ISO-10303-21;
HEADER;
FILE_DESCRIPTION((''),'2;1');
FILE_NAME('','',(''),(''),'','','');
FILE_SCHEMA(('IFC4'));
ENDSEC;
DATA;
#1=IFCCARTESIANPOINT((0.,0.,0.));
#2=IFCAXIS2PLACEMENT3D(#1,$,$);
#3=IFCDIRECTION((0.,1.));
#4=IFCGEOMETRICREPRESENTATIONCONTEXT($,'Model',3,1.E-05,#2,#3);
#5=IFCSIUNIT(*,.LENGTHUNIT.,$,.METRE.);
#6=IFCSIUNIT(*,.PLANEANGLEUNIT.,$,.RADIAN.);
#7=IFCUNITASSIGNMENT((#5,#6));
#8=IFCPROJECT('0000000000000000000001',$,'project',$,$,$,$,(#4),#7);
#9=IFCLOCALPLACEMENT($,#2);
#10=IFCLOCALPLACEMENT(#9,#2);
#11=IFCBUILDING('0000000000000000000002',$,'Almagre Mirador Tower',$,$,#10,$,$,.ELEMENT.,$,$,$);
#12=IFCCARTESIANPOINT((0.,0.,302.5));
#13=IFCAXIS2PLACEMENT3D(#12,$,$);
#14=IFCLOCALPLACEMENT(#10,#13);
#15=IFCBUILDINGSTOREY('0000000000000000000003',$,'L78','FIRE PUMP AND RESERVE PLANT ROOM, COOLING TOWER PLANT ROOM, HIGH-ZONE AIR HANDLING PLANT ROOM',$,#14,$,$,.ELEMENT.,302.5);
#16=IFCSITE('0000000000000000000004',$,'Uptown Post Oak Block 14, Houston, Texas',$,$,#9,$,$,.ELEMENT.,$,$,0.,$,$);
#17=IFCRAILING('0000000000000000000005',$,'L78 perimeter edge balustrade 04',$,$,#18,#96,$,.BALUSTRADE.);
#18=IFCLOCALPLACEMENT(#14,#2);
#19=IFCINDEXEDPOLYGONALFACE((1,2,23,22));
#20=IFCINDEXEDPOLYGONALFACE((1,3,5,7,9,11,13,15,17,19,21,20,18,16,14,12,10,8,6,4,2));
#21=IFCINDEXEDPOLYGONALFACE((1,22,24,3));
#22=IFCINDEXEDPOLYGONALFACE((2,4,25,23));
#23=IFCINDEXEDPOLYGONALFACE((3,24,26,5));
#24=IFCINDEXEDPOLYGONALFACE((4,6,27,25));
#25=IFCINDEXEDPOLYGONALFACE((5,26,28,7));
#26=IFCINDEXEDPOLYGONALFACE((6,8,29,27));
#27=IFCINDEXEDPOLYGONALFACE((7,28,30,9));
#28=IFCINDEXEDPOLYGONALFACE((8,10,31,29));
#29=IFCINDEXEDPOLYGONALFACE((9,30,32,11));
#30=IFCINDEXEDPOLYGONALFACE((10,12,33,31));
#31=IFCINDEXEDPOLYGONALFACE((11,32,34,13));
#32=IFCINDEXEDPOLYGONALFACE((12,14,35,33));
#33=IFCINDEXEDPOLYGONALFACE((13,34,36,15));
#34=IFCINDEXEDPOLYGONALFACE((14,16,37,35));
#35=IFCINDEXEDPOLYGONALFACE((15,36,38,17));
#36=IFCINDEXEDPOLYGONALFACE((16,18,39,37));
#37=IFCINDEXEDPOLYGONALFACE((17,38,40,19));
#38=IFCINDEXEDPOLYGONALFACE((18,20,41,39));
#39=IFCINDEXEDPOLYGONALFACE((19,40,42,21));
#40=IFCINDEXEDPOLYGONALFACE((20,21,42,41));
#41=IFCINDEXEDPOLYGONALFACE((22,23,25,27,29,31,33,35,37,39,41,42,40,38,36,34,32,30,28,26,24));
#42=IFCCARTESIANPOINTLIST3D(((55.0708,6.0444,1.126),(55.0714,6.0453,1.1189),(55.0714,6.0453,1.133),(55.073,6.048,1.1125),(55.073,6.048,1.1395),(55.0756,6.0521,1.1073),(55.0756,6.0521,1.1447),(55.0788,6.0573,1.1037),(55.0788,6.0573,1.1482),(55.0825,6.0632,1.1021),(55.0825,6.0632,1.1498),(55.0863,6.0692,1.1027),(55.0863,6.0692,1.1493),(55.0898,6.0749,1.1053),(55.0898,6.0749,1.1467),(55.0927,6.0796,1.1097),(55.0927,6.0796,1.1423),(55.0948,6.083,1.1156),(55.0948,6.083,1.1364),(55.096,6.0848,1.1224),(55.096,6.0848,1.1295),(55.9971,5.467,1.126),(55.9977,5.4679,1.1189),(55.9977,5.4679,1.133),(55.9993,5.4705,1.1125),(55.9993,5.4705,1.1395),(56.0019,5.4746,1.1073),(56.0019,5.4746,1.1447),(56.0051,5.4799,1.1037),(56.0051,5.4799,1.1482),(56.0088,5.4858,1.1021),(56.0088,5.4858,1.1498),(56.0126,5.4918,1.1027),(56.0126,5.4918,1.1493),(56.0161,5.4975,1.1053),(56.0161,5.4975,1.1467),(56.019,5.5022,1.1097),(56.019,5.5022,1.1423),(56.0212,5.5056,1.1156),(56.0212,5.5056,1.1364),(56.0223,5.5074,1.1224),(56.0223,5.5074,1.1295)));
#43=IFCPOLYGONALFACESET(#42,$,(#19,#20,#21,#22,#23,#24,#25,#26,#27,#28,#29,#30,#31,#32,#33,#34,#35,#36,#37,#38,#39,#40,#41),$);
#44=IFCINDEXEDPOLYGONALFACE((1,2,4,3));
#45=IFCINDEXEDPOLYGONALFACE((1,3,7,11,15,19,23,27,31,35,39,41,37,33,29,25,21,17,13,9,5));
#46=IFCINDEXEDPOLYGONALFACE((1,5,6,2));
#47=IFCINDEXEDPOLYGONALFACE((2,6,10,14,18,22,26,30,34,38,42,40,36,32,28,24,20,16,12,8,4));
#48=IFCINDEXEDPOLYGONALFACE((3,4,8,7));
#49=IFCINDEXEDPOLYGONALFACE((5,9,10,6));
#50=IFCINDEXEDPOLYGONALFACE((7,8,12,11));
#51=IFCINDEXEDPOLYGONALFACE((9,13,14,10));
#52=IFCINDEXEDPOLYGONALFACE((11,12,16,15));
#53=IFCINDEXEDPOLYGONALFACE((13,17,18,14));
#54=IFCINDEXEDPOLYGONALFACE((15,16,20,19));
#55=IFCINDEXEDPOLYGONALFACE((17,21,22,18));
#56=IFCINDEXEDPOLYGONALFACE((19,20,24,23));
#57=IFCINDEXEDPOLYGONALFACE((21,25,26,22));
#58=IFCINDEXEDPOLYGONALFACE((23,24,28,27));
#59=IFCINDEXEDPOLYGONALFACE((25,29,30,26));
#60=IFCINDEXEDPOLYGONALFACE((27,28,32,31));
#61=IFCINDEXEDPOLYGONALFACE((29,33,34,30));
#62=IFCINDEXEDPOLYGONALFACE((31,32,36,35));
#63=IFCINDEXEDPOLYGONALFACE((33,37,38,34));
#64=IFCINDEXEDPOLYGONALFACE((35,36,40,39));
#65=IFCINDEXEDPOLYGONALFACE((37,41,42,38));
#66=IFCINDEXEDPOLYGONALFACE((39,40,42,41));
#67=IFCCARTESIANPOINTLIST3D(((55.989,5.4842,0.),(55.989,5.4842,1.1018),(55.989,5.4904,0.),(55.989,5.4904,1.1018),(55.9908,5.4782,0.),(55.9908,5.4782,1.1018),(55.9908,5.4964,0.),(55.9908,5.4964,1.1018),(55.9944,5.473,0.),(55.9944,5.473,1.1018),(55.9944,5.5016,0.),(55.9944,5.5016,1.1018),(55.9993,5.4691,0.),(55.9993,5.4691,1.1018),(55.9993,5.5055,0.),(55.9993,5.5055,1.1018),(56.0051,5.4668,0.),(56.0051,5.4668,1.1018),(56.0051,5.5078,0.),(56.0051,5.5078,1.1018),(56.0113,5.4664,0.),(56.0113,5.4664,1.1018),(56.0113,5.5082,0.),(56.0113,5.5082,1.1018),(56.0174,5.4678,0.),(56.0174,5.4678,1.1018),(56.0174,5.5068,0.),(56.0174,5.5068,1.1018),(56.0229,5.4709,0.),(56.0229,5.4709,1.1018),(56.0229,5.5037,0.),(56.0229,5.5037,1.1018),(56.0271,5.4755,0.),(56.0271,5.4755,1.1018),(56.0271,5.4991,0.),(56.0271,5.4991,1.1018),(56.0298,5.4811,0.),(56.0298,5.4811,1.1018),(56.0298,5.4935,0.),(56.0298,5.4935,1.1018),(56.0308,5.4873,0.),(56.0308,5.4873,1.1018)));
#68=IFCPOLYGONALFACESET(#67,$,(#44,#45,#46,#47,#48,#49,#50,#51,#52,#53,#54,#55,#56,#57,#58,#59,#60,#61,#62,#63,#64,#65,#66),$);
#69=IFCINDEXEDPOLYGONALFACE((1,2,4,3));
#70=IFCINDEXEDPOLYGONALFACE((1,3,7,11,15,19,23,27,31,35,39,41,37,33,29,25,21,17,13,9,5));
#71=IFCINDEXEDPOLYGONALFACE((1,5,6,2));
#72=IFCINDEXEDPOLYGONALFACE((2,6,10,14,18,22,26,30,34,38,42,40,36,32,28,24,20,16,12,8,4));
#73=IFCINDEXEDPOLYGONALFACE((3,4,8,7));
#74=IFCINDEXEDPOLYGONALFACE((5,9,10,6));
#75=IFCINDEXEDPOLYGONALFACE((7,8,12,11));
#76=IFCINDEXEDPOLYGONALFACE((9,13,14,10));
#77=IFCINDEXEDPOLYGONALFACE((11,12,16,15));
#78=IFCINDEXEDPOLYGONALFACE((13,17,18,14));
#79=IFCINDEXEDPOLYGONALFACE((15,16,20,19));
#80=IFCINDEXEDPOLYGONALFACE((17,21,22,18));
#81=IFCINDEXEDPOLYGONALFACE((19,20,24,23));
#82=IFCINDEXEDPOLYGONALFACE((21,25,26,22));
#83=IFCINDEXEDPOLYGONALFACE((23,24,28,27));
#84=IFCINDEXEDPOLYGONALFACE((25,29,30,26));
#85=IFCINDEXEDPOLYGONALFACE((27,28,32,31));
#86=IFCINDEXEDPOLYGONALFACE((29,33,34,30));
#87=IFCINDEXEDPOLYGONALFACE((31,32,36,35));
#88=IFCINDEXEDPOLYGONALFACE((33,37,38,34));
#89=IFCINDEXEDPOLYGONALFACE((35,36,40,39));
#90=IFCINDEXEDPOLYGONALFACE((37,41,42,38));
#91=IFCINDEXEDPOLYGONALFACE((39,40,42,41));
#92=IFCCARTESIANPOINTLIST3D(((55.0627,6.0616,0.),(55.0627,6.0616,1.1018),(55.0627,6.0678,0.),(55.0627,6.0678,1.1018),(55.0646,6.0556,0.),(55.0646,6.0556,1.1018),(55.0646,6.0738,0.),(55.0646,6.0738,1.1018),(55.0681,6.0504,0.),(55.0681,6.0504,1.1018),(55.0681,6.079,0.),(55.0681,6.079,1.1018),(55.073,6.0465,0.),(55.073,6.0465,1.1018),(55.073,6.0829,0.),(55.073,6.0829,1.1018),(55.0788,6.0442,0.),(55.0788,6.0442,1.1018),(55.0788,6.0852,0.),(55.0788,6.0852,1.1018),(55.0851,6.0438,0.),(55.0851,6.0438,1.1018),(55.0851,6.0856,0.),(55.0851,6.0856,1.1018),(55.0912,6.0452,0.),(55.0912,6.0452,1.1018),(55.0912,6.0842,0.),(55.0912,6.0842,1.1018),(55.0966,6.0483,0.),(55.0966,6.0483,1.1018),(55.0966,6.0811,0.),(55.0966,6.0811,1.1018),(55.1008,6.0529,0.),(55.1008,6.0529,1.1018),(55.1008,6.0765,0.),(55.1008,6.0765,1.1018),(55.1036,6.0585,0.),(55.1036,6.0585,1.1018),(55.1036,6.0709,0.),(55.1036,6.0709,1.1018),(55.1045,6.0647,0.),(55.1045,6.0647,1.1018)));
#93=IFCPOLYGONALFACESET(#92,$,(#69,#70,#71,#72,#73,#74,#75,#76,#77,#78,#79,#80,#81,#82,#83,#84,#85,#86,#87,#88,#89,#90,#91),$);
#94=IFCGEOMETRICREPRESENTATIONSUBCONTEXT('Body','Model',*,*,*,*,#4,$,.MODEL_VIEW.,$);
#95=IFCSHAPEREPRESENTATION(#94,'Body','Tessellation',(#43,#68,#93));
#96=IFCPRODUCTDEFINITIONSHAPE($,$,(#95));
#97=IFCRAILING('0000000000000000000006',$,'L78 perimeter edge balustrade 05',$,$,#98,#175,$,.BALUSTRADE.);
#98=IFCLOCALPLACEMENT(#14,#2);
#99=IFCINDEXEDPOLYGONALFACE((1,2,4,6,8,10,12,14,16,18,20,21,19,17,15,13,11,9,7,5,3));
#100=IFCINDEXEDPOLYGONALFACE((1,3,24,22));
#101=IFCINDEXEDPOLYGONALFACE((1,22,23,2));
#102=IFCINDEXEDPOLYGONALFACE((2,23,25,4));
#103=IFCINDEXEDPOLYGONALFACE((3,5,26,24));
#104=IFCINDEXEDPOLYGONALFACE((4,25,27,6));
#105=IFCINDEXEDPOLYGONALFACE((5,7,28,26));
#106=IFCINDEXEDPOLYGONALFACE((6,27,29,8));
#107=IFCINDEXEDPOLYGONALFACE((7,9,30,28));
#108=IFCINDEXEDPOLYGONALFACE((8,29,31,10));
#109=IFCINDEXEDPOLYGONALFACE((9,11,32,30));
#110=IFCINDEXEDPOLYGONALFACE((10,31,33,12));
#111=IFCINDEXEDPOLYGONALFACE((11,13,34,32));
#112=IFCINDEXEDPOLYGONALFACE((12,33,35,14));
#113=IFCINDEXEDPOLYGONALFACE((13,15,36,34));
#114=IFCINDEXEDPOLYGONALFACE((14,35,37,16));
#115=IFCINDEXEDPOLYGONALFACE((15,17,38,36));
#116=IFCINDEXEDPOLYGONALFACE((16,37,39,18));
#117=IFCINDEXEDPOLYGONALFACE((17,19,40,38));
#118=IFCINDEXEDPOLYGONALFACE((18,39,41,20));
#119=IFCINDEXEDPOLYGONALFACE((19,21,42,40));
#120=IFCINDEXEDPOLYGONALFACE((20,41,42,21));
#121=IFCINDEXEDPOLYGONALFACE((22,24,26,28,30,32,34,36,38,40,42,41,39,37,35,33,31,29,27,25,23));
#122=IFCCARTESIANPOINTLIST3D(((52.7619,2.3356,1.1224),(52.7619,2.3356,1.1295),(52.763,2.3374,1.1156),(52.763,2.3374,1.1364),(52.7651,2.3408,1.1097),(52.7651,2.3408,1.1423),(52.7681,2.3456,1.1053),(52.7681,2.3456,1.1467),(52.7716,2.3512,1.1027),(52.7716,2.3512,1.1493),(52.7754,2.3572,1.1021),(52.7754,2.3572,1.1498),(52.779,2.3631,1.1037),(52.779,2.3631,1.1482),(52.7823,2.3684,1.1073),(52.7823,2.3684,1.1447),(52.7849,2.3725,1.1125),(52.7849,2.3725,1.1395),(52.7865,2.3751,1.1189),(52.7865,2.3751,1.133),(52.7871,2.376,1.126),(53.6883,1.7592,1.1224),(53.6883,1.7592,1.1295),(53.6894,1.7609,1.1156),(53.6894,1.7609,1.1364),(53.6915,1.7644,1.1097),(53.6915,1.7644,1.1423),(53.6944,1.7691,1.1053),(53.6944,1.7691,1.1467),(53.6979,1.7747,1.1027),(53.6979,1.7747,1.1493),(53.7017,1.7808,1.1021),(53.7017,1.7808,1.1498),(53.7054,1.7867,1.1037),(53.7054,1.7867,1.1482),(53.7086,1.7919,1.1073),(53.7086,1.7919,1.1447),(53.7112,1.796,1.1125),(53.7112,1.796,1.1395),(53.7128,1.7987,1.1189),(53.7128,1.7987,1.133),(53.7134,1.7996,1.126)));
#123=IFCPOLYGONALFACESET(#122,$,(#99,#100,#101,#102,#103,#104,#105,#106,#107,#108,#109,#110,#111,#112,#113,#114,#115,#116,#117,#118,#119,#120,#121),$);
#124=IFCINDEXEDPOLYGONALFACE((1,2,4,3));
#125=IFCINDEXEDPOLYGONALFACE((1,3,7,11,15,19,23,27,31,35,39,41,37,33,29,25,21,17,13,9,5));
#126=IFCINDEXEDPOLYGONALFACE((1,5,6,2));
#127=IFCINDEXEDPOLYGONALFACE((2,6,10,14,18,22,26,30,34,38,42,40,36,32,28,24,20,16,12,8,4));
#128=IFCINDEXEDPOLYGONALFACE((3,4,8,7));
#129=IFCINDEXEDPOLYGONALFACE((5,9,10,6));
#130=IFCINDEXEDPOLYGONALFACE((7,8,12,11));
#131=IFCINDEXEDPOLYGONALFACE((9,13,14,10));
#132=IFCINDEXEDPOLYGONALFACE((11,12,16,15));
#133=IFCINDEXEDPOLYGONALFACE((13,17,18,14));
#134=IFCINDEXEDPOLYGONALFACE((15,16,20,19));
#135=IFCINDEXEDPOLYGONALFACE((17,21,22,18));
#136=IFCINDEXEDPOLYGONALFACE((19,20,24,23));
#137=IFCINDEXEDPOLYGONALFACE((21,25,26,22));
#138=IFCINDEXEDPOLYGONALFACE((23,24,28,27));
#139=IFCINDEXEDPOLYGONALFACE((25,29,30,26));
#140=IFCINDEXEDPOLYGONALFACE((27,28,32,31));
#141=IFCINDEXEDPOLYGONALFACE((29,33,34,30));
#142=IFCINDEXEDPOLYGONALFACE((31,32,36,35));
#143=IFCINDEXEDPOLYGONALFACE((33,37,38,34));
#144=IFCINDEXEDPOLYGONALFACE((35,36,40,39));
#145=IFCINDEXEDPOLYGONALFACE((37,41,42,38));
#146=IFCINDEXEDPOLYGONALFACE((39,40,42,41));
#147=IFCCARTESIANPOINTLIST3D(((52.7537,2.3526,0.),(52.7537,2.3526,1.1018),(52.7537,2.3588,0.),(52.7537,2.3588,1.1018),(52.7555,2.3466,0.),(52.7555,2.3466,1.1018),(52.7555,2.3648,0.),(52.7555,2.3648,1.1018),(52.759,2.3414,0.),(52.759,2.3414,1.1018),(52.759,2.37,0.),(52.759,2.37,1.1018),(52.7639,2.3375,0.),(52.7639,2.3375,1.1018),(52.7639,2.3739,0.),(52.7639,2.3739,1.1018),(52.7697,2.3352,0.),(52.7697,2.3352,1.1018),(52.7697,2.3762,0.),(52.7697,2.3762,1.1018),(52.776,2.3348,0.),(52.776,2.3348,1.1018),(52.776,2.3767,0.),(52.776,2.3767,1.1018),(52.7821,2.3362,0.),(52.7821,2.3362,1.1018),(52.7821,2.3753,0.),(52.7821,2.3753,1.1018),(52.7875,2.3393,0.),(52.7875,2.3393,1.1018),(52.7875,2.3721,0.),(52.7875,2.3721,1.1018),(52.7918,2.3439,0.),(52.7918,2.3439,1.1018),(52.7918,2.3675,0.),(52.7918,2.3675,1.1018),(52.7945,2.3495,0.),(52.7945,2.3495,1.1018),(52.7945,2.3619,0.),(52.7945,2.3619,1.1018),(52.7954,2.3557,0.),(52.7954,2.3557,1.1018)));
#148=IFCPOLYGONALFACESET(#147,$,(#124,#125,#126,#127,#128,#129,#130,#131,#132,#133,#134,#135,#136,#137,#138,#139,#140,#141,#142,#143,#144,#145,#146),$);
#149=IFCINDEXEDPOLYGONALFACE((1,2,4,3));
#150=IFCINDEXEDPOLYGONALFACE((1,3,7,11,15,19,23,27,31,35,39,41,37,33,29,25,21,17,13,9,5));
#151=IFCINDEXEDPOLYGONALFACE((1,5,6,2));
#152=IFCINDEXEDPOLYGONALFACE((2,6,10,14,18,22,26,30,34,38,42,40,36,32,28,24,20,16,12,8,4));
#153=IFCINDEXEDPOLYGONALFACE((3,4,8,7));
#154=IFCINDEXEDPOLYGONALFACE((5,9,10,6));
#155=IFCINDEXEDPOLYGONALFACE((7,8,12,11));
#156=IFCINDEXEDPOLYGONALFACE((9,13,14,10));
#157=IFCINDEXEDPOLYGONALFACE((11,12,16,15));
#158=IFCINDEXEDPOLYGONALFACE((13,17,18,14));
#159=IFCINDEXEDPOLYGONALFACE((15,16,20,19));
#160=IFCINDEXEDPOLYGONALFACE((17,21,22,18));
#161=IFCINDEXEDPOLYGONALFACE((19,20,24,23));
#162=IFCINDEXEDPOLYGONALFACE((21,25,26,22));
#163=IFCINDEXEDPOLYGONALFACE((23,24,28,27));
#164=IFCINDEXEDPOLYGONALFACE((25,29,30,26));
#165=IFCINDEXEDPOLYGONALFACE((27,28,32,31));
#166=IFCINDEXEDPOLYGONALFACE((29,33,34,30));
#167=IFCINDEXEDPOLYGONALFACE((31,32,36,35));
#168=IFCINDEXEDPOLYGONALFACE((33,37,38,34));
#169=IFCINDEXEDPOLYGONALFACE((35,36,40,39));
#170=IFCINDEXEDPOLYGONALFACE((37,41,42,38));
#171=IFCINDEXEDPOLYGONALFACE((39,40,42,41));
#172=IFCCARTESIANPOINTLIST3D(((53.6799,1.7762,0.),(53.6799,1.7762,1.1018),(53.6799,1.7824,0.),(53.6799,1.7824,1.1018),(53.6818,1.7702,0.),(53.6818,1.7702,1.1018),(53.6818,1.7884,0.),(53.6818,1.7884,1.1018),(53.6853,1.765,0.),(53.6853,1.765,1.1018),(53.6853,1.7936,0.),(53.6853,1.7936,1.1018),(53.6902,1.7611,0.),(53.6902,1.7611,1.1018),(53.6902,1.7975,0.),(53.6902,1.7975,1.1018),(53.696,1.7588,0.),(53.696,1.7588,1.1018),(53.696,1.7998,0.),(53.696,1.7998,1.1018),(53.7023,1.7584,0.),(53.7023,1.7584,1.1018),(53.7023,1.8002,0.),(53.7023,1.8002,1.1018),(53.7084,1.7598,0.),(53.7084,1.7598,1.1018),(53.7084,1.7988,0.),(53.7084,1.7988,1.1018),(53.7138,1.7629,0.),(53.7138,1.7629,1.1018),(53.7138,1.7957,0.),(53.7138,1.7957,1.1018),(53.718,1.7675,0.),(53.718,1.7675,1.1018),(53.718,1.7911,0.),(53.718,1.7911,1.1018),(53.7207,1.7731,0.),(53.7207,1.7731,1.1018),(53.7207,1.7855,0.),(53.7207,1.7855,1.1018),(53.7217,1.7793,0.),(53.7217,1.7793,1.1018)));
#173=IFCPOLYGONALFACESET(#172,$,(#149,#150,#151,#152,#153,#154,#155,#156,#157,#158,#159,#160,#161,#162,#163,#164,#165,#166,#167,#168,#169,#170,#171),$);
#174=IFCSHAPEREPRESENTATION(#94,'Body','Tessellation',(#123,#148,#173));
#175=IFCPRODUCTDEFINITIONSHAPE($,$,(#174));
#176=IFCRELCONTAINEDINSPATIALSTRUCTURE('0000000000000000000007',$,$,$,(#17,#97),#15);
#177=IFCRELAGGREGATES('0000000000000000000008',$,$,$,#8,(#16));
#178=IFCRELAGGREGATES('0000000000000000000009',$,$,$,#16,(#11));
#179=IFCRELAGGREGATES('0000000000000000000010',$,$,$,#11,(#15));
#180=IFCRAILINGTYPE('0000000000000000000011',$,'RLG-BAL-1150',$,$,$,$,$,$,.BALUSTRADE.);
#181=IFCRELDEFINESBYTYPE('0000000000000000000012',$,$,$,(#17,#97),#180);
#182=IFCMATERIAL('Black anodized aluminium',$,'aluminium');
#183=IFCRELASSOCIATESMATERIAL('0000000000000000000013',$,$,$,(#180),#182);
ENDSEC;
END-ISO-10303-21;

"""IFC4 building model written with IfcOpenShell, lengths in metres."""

from ifc_helpers import new_model, si_unit, direction, frame, origin, origin_2d, place, context, subcontext, project, spatial, circle, extrude, material, type_object, element, save


model = new_model("IFC4")

# Units and contexts
model_context = context("Model", 3, precision=1e-05, world=origin(), true_north=direction((0.0, 1.0)))
body_context = subcontext(model_context, "Body", "Model", "MODEL_VIEW")
ifc_project = project(units=[si_unit("LENGTHUNIT", "METRE"), si_unit("PLANEANGLEUNIT", "RADIAN")], contexts=[model_context])

# Site, building, storey
site_placement = place(None, origin())
site = spatial("IfcSite", under=ifc_project, at=site_placement, Name="Uptown Post Oak Block 14, Houston, Texas", CompositionType="ELEMENT", RefElevation=0.0)
building_placement = place(site_placement, origin())
building = spatial("IfcBuilding", under=site, at=building_placement, Name="Almagre Mirador Tower", CompositionType="ELEMENT")
storey_placement = place(building_placement, frame((0.0, 0.0, 302.5)))
storey = spatial("IfcBuildingStorey", under=building, at=storey_placement, Name="L78", Description="FIRE PUMP AND RESERVE PLANT ROOM, COOLING TOWER PLANT ROOM, HIGH-ZONE AIR HANDLING PLANT ROOM", CompositionType="ELEMENT", Elevation=302.5)

# Railings
ifc_material_1 = material(Name="Black anodized aluminium", Category="aluminium")
railing_type = type_object("IfcRailingType", Name="RLG-BAL-1150", PredefinedType="BALUSTRADE", material=ifc_material_1)
railing_1_placement = place(storey_placement, frame((56.0098, 5.4873, 0.0)))
element("IfcRailing", 1, at=railing_1_placement, inside=storey, type_object=railing_type, Name="L78 perimeter edge balustrade 04", PredefinedType="BALUSTRADE", context=body_context, shape_type="SweptSolid", body=[
    extrude(circle(Radius=0.0239, at=origin_2d()), frame((0.0, 0.0, 1.126), z_axis=(-0.848626, 0.528993, 0.0), x_axis=(-0.528993, -0.848626, 0.0)), (0.0, 0.0, 1.0), 1.0916),
    extrude(circle(Radius=0.021, at=origin_2d()), origin(), (0.0, 0.0, 1.0), 1.1018),
    extrude(circle(Radius=0.021, at=origin_2d()), frame((-0.9263, 0.5774, 0.0)), (0.0, 0.0, 1.0), 1.1018),
])
railing_2_placement = place(storey_placement, frame((52.7744, 2.3557, 0.0)))
element("IfcRailing", 2, at=railing_2_placement, inside=storey, type_object=railing_type, Name="L78 perimeter edge balustrade 05", PredefinedType="BALUSTRADE", context=body_context, shape_type="SweptSolid", body=[
    extrude(circle(Radius=0.0239, at=origin_2d()), frame((0.0, 0.0, 1.126), z_axis=(0.849028, -0.528348, 0.0), x_axis=(0.528348, 0.849028, 0.0)), (0.0, 0.0, 1.0), 1.0911),
    extrude(circle(Radius=0.021, at=origin_2d()), origin(), (0.0, 0.0, 1.0), 1.1018),
    extrude(circle(Radius=0.021, at=origin_2d()), frame((0.9263, -0.5764, 0.0)), (0.0, 0.0, 1.0), 1.1018),
])

save(model, "model.ifc")
